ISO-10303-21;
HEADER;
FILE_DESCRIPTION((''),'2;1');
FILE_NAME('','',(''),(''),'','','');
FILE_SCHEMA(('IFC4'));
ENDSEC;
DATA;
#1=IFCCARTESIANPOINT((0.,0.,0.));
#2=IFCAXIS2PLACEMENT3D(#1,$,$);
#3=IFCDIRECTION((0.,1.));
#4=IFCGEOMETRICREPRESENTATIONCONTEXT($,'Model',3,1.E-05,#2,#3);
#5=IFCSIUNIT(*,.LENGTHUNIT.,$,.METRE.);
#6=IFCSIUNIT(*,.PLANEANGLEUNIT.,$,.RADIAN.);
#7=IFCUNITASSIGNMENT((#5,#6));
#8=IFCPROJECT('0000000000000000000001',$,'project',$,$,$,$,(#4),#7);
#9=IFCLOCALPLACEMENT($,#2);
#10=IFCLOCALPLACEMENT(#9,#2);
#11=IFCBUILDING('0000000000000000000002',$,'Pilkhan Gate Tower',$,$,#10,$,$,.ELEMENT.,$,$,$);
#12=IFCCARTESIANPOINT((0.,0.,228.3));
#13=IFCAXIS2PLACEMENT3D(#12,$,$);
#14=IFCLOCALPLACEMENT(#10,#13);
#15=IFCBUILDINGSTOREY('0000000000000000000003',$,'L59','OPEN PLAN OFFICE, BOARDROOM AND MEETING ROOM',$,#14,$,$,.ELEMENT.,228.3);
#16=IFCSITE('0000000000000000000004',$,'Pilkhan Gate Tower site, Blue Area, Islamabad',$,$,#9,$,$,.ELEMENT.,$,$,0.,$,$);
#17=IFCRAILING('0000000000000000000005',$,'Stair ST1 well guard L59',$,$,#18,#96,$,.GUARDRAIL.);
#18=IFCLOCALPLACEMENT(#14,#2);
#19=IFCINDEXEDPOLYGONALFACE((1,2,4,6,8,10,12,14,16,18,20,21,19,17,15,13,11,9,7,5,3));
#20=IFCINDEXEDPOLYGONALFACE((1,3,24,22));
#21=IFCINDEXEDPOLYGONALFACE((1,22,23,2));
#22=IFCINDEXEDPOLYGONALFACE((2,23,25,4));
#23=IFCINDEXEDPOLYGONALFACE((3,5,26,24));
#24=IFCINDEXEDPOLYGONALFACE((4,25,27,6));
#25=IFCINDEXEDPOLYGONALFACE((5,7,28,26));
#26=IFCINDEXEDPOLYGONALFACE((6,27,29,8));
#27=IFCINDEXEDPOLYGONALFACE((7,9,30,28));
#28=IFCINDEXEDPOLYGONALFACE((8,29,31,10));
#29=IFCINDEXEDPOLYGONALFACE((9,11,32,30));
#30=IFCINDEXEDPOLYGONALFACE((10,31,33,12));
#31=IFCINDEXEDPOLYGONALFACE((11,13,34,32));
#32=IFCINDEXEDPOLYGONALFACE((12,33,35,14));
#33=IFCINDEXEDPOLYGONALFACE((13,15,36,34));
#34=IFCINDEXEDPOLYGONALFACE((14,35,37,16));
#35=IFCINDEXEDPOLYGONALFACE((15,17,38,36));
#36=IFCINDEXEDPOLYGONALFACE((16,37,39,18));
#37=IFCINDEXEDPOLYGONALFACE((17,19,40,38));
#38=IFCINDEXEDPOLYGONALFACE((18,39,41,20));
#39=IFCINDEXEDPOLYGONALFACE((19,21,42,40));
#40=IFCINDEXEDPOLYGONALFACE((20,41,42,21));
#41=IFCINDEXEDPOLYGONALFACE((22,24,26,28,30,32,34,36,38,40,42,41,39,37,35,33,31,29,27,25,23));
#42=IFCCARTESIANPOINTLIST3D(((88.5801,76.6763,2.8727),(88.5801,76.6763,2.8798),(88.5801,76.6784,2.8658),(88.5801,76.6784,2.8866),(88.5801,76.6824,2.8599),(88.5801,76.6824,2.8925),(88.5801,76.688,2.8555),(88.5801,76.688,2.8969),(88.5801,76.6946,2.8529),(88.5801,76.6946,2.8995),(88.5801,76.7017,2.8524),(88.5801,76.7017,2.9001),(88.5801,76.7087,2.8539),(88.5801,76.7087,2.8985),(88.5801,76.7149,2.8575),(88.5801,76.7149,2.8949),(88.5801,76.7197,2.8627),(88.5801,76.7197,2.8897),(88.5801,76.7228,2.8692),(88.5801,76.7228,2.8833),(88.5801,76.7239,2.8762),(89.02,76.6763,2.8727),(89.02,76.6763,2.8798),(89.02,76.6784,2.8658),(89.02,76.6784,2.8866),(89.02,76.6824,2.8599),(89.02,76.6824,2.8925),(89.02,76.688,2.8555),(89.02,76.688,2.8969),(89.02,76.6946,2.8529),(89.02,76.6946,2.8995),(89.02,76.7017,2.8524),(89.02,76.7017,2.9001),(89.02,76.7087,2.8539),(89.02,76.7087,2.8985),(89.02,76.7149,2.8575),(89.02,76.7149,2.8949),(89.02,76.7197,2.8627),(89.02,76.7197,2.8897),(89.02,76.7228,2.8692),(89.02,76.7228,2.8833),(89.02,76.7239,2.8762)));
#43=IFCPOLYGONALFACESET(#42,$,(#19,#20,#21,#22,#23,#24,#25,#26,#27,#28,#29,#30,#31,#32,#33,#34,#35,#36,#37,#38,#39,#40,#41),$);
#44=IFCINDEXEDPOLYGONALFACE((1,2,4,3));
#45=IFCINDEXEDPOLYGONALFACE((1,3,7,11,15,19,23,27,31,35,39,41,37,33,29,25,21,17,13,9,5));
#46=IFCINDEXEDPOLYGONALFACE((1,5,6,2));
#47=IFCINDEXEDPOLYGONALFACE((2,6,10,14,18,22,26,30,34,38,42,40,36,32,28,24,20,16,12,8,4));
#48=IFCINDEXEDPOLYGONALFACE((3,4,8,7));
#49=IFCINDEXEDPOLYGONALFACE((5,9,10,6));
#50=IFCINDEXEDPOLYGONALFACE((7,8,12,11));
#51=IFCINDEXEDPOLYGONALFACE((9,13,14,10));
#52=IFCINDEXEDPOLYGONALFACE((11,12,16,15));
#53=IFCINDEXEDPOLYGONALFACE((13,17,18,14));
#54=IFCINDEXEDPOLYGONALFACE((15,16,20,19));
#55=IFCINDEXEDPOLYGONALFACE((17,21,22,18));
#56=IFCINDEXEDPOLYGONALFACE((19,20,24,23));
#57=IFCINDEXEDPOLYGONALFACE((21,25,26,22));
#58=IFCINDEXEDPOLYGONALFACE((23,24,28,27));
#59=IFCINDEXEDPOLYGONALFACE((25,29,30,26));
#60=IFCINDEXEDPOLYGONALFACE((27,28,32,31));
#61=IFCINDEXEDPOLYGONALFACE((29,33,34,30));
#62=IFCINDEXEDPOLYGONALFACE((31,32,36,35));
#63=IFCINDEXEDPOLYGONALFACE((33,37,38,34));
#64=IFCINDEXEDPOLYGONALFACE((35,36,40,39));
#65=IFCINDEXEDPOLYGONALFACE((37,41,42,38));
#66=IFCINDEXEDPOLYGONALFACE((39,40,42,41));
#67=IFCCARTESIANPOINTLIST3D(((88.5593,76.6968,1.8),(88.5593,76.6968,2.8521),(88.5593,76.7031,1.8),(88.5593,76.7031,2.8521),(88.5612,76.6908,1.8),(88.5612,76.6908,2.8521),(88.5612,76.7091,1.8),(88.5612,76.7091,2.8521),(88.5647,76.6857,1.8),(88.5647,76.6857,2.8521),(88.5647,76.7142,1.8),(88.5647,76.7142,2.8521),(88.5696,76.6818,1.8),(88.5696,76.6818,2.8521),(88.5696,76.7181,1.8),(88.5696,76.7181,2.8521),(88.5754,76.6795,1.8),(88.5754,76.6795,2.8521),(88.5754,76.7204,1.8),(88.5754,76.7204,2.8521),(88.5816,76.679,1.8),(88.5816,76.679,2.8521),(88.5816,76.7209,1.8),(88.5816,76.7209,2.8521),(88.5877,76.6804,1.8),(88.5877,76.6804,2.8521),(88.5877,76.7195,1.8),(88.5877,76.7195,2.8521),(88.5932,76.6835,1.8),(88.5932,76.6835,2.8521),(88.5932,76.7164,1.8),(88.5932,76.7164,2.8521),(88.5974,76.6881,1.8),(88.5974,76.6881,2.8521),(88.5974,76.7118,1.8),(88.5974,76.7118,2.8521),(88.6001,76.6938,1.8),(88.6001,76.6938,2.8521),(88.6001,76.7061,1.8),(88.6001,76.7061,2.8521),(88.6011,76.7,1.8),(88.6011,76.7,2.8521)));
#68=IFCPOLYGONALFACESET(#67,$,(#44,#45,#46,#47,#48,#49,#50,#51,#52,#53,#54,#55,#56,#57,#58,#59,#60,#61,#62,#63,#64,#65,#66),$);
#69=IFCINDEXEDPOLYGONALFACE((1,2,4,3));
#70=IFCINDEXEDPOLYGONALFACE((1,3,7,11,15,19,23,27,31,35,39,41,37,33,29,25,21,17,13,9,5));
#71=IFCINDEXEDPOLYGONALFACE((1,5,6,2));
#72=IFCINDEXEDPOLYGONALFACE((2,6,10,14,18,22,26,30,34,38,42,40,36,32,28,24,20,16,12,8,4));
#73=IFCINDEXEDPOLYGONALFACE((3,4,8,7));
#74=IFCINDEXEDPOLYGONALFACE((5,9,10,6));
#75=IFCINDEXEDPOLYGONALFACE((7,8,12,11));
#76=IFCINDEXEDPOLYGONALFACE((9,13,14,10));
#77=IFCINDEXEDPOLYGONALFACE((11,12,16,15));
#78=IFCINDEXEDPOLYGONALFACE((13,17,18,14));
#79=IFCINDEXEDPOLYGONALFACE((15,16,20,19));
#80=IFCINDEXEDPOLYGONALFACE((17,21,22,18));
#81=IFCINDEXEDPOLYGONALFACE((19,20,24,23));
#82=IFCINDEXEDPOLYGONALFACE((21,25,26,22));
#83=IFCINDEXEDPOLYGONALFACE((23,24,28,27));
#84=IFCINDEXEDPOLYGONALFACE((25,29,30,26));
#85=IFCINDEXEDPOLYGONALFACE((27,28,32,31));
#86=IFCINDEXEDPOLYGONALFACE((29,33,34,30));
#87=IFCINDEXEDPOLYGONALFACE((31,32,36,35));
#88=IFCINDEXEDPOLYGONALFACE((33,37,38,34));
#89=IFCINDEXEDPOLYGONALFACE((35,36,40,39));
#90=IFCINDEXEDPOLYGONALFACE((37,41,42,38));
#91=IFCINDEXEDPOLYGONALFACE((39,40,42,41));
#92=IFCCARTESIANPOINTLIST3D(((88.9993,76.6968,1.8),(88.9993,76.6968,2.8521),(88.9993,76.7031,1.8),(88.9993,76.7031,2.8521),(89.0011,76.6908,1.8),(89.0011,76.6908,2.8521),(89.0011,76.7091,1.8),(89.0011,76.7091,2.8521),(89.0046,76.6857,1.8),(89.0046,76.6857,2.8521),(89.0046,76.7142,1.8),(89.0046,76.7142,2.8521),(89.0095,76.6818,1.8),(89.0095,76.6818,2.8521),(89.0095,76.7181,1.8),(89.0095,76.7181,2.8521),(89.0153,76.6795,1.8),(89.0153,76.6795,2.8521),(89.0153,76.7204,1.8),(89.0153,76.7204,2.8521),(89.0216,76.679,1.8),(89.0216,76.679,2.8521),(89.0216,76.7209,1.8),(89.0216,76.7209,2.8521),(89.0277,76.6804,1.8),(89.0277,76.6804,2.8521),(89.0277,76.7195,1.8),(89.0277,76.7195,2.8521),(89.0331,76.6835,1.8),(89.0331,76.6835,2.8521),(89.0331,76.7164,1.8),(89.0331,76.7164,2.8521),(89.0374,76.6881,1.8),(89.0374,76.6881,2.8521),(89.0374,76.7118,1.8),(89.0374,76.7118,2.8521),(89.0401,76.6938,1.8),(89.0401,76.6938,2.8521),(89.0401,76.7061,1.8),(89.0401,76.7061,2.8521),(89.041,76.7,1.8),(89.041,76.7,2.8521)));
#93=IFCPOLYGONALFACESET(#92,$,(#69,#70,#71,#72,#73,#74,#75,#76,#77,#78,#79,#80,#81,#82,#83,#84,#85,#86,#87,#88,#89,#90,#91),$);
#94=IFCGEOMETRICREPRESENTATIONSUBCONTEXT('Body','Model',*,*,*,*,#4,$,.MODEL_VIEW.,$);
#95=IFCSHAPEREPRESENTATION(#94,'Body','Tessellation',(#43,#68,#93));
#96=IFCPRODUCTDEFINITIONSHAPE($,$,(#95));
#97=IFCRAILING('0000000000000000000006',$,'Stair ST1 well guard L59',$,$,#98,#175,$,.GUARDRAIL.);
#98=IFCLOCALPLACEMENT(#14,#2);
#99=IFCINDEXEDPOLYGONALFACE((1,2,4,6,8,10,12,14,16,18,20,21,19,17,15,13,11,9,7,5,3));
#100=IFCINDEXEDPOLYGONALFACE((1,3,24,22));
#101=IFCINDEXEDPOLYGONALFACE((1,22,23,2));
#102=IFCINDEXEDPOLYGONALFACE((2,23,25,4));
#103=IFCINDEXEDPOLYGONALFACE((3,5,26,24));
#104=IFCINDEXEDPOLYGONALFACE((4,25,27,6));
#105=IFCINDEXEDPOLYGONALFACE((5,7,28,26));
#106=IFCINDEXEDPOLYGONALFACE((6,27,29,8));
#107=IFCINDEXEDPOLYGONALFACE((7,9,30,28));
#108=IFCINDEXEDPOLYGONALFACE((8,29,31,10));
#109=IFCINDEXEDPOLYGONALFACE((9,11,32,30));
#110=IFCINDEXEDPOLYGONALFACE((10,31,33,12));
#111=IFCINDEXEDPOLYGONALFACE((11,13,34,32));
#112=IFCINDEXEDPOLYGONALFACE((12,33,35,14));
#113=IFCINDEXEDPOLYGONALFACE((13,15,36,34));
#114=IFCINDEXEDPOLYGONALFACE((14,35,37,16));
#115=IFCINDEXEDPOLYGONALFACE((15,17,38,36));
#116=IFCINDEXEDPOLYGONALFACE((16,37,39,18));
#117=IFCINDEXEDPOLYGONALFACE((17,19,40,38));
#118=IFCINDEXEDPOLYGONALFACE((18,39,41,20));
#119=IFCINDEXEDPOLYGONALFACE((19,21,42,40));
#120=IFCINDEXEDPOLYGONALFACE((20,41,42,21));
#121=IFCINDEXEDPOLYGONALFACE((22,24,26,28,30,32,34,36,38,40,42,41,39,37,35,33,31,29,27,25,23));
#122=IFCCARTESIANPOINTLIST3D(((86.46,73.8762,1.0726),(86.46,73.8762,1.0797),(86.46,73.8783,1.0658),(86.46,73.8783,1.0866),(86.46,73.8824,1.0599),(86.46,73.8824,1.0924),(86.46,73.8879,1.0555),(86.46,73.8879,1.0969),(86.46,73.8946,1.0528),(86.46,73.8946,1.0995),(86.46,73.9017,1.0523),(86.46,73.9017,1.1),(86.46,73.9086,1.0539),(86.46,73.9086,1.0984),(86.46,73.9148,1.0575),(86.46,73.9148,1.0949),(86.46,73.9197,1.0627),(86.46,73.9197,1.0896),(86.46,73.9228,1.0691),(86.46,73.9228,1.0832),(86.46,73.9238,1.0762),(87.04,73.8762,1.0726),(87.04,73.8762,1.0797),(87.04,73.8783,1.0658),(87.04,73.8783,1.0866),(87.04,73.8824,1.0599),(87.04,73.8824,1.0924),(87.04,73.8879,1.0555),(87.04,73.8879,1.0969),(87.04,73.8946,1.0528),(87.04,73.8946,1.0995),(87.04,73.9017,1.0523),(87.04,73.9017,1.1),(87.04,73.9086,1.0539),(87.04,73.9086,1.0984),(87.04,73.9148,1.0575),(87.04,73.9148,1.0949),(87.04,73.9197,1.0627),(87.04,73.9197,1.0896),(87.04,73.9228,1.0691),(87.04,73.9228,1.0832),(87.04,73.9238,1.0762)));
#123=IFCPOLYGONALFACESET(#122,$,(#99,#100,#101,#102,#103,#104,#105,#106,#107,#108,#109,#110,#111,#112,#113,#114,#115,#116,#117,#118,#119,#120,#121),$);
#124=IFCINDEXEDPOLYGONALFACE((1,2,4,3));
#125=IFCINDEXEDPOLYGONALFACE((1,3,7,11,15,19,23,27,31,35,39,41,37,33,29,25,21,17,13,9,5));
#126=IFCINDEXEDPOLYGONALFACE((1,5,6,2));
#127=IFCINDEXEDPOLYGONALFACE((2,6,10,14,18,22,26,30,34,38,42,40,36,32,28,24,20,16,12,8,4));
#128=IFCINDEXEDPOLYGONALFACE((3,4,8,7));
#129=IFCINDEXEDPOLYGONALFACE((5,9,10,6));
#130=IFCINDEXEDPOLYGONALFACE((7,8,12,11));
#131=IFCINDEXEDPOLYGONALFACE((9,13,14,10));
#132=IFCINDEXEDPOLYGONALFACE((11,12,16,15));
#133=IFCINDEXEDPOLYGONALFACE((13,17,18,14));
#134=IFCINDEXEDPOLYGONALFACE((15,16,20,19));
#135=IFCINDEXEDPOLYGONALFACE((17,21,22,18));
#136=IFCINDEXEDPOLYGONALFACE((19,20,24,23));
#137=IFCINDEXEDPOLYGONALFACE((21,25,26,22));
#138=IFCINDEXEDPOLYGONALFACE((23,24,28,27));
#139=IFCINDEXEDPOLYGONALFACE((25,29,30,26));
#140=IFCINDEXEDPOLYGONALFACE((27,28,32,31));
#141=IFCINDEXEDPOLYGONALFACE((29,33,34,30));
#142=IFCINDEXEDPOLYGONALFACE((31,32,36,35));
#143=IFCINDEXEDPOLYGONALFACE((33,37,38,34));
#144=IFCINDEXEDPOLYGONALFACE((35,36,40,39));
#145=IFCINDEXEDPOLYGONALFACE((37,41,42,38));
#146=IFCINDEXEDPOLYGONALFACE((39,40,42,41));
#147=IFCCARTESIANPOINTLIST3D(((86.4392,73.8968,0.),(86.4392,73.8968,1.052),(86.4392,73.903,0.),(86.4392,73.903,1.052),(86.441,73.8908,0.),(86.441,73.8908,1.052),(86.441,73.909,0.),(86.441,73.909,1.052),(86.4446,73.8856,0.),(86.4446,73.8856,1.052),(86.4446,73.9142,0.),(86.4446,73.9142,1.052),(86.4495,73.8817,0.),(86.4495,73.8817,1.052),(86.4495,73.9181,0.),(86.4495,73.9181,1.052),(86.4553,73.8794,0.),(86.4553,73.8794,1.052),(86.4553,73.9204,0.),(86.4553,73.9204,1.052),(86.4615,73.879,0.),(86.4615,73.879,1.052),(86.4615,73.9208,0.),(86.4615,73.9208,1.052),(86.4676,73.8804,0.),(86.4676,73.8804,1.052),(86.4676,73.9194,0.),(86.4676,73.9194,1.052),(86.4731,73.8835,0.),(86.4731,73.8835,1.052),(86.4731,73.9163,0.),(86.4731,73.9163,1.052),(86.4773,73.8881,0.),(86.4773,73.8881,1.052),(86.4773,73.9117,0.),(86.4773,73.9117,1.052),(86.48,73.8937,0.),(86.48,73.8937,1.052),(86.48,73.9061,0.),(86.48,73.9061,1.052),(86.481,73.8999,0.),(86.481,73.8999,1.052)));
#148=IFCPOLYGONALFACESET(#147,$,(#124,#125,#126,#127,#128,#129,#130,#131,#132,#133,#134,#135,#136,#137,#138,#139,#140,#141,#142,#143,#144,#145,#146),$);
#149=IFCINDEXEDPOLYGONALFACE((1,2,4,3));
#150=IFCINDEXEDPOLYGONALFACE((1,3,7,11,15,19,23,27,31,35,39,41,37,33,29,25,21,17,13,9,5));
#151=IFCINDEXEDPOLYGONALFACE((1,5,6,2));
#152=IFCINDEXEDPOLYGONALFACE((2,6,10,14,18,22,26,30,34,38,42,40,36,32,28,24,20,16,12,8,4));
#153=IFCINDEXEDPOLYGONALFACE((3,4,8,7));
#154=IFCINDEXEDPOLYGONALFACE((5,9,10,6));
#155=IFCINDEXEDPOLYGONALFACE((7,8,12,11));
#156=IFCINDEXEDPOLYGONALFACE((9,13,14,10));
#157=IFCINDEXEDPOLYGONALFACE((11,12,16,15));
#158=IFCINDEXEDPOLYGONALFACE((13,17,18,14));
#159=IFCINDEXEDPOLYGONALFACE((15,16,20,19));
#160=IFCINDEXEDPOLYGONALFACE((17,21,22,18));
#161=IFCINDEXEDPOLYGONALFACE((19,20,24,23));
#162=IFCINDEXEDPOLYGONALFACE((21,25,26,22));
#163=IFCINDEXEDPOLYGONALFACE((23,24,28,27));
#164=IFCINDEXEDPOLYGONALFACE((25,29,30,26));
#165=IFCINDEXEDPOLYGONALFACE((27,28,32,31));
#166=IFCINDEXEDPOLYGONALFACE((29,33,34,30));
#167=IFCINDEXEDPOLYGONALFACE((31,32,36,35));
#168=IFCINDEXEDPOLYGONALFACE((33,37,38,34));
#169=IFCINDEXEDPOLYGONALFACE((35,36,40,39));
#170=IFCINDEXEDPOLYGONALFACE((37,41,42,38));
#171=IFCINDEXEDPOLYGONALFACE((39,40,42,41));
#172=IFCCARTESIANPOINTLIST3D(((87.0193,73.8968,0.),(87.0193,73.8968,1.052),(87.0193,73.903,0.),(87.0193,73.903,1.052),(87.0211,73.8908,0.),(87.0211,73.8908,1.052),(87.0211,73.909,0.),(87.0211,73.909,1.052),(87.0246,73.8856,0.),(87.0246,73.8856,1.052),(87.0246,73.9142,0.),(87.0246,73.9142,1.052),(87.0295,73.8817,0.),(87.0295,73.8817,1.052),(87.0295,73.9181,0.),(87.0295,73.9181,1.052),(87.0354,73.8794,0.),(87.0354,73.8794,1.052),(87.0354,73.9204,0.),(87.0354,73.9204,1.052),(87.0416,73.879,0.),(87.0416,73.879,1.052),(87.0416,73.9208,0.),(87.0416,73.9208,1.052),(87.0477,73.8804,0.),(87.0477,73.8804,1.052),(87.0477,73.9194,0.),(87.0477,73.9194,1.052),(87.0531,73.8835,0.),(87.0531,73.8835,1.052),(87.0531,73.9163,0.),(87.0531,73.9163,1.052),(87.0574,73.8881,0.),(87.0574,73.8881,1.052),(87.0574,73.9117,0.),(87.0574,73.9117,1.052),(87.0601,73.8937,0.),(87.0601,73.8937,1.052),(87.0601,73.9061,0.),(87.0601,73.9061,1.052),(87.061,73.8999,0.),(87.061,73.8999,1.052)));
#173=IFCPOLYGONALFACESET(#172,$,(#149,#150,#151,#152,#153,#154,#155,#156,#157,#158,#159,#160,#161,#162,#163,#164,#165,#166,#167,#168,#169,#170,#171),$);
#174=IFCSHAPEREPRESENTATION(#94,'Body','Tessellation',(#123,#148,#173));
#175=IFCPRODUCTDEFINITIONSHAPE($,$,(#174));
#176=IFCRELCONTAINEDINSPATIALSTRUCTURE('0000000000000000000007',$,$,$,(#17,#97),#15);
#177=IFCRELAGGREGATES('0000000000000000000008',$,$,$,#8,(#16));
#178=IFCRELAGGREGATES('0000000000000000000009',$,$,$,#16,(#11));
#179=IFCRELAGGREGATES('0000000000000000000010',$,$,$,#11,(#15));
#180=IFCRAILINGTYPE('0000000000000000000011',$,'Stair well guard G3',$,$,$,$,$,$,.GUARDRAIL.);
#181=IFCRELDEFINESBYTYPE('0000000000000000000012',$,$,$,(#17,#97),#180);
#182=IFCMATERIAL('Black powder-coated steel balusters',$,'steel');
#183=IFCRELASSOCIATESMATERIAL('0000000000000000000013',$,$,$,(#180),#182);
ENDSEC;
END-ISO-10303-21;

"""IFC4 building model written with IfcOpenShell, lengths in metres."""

from ifc_helpers import new_model, si_unit, direction, frame, origin, origin_2d, place, context, subcontext, project, spatial, circle, extrude, material, type_object, element, save


model = new_model("IFC4")

# Units and contexts
model_context = context("Model", 3, precision=1e-05, world=origin(), true_north=direction((0.0, 1.0)))
body_context = subcontext(model_context, "Body", "Model", "MODEL_VIEW")
ifc_project = project(units=[si_unit("LENGTHUNIT", "METRE"), si_unit("PLANEANGLEUNIT", "RADIAN")], contexts=[model_context])

# Site, building, storey
site_placement = place(None, origin())
site = spatial("IfcSite", under=ifc_project, at=site_placement, Name="Pilkhan Gate Tower site, Blue Area, Islamabad", CompositionType="ELEMENT", RefElevation=0.0)
building_placement = place(site_placement, origin())
building = spatial("IfcBuilding", under=site, at=building_placement, Name="Pilkhan Gate Tower", CompositionType="ELEMENT")
storey_placement = place(building_placement, frame((0.0, 0.0, 228.3)))
storey = spatial("IfcBuildingStorey", under=building, at=storey_placement, Name="L59", Description="OPEN PLAN OFFICE, BOARDROOM AND MEETING ROOM", CompositionType="ELEMENT", Elevation=228.3)

# Railings
ifc_material_1 = material(Name="Black powder-coated steel balusters", Category="steel")
railing_type_1 = type_object("IfcRailingType", Name="Stair well guard G3", PredefinedType="GUARDRAIL", material=ifc_material_1)
railing_1_placement = place(storey_placement, frame((88.5801, 76.7, 1.8)))
element("IfcRailing", 1, at=railing_1_placement, inside=storey, type_object=railing_type_1, Name="Stair ST1 well guard L59", PredefinedType="GUARDRAIL", context=body_context, shape_type="SweptSolid", body=[
    extrude(circle(Radius=0.0239, at=origin_2d()), frame((0.0, 0.0, 1.0762), z_axis=(1.0, 0.0, 0.0), x_axis=(0.0, 1.0, 0.0)), (0.0, 0.0, 1.0), 0.4399),
    extrude(circle(Radius=0.021, at=origin_2d()), origin(), (0.0, 0.0, 1.0), 1.052),
    extrude(circle(Radius=0.021, at=origin_2d()), frame((0.4399, 0.0, 0.0)), (0.0, 0.0, 1.0), 1.052),
])
for number, where, name in (
    (2, (86.46, 73.8999, 0.0), "Stair ST1 well guard L59"),
):
    element("IfcRailing", number, at=place(storey_placement, frame(where)), inside=storey, type_object=railing_type_1, Name=name, PredefinedType="GUARDRAIL", context=body_context, shape_type="SweptSolid", body=[
        extrude(circle(Radius=0.0239, at=origin_2d()), frame((0.0, 0.0, 1.0762), z_axis=(1.0, 0.0, 0.0), x_axis=(0.0, 1.0, 0.0)), (0.0, 0.0, 1.0), 0.5801),
        extrude(circle(Radius=0.021, at=origin_2d()), origin(), (0.0, 0.0, 1.0), 1.052),
        extrude(circle(Radius=0.021, at=origin_2d()), frame((0.5801, 0.0, 0.0)), (0.0, 0.0, 1.0), 1.052),
    ])

save(model, "model.ifc")
